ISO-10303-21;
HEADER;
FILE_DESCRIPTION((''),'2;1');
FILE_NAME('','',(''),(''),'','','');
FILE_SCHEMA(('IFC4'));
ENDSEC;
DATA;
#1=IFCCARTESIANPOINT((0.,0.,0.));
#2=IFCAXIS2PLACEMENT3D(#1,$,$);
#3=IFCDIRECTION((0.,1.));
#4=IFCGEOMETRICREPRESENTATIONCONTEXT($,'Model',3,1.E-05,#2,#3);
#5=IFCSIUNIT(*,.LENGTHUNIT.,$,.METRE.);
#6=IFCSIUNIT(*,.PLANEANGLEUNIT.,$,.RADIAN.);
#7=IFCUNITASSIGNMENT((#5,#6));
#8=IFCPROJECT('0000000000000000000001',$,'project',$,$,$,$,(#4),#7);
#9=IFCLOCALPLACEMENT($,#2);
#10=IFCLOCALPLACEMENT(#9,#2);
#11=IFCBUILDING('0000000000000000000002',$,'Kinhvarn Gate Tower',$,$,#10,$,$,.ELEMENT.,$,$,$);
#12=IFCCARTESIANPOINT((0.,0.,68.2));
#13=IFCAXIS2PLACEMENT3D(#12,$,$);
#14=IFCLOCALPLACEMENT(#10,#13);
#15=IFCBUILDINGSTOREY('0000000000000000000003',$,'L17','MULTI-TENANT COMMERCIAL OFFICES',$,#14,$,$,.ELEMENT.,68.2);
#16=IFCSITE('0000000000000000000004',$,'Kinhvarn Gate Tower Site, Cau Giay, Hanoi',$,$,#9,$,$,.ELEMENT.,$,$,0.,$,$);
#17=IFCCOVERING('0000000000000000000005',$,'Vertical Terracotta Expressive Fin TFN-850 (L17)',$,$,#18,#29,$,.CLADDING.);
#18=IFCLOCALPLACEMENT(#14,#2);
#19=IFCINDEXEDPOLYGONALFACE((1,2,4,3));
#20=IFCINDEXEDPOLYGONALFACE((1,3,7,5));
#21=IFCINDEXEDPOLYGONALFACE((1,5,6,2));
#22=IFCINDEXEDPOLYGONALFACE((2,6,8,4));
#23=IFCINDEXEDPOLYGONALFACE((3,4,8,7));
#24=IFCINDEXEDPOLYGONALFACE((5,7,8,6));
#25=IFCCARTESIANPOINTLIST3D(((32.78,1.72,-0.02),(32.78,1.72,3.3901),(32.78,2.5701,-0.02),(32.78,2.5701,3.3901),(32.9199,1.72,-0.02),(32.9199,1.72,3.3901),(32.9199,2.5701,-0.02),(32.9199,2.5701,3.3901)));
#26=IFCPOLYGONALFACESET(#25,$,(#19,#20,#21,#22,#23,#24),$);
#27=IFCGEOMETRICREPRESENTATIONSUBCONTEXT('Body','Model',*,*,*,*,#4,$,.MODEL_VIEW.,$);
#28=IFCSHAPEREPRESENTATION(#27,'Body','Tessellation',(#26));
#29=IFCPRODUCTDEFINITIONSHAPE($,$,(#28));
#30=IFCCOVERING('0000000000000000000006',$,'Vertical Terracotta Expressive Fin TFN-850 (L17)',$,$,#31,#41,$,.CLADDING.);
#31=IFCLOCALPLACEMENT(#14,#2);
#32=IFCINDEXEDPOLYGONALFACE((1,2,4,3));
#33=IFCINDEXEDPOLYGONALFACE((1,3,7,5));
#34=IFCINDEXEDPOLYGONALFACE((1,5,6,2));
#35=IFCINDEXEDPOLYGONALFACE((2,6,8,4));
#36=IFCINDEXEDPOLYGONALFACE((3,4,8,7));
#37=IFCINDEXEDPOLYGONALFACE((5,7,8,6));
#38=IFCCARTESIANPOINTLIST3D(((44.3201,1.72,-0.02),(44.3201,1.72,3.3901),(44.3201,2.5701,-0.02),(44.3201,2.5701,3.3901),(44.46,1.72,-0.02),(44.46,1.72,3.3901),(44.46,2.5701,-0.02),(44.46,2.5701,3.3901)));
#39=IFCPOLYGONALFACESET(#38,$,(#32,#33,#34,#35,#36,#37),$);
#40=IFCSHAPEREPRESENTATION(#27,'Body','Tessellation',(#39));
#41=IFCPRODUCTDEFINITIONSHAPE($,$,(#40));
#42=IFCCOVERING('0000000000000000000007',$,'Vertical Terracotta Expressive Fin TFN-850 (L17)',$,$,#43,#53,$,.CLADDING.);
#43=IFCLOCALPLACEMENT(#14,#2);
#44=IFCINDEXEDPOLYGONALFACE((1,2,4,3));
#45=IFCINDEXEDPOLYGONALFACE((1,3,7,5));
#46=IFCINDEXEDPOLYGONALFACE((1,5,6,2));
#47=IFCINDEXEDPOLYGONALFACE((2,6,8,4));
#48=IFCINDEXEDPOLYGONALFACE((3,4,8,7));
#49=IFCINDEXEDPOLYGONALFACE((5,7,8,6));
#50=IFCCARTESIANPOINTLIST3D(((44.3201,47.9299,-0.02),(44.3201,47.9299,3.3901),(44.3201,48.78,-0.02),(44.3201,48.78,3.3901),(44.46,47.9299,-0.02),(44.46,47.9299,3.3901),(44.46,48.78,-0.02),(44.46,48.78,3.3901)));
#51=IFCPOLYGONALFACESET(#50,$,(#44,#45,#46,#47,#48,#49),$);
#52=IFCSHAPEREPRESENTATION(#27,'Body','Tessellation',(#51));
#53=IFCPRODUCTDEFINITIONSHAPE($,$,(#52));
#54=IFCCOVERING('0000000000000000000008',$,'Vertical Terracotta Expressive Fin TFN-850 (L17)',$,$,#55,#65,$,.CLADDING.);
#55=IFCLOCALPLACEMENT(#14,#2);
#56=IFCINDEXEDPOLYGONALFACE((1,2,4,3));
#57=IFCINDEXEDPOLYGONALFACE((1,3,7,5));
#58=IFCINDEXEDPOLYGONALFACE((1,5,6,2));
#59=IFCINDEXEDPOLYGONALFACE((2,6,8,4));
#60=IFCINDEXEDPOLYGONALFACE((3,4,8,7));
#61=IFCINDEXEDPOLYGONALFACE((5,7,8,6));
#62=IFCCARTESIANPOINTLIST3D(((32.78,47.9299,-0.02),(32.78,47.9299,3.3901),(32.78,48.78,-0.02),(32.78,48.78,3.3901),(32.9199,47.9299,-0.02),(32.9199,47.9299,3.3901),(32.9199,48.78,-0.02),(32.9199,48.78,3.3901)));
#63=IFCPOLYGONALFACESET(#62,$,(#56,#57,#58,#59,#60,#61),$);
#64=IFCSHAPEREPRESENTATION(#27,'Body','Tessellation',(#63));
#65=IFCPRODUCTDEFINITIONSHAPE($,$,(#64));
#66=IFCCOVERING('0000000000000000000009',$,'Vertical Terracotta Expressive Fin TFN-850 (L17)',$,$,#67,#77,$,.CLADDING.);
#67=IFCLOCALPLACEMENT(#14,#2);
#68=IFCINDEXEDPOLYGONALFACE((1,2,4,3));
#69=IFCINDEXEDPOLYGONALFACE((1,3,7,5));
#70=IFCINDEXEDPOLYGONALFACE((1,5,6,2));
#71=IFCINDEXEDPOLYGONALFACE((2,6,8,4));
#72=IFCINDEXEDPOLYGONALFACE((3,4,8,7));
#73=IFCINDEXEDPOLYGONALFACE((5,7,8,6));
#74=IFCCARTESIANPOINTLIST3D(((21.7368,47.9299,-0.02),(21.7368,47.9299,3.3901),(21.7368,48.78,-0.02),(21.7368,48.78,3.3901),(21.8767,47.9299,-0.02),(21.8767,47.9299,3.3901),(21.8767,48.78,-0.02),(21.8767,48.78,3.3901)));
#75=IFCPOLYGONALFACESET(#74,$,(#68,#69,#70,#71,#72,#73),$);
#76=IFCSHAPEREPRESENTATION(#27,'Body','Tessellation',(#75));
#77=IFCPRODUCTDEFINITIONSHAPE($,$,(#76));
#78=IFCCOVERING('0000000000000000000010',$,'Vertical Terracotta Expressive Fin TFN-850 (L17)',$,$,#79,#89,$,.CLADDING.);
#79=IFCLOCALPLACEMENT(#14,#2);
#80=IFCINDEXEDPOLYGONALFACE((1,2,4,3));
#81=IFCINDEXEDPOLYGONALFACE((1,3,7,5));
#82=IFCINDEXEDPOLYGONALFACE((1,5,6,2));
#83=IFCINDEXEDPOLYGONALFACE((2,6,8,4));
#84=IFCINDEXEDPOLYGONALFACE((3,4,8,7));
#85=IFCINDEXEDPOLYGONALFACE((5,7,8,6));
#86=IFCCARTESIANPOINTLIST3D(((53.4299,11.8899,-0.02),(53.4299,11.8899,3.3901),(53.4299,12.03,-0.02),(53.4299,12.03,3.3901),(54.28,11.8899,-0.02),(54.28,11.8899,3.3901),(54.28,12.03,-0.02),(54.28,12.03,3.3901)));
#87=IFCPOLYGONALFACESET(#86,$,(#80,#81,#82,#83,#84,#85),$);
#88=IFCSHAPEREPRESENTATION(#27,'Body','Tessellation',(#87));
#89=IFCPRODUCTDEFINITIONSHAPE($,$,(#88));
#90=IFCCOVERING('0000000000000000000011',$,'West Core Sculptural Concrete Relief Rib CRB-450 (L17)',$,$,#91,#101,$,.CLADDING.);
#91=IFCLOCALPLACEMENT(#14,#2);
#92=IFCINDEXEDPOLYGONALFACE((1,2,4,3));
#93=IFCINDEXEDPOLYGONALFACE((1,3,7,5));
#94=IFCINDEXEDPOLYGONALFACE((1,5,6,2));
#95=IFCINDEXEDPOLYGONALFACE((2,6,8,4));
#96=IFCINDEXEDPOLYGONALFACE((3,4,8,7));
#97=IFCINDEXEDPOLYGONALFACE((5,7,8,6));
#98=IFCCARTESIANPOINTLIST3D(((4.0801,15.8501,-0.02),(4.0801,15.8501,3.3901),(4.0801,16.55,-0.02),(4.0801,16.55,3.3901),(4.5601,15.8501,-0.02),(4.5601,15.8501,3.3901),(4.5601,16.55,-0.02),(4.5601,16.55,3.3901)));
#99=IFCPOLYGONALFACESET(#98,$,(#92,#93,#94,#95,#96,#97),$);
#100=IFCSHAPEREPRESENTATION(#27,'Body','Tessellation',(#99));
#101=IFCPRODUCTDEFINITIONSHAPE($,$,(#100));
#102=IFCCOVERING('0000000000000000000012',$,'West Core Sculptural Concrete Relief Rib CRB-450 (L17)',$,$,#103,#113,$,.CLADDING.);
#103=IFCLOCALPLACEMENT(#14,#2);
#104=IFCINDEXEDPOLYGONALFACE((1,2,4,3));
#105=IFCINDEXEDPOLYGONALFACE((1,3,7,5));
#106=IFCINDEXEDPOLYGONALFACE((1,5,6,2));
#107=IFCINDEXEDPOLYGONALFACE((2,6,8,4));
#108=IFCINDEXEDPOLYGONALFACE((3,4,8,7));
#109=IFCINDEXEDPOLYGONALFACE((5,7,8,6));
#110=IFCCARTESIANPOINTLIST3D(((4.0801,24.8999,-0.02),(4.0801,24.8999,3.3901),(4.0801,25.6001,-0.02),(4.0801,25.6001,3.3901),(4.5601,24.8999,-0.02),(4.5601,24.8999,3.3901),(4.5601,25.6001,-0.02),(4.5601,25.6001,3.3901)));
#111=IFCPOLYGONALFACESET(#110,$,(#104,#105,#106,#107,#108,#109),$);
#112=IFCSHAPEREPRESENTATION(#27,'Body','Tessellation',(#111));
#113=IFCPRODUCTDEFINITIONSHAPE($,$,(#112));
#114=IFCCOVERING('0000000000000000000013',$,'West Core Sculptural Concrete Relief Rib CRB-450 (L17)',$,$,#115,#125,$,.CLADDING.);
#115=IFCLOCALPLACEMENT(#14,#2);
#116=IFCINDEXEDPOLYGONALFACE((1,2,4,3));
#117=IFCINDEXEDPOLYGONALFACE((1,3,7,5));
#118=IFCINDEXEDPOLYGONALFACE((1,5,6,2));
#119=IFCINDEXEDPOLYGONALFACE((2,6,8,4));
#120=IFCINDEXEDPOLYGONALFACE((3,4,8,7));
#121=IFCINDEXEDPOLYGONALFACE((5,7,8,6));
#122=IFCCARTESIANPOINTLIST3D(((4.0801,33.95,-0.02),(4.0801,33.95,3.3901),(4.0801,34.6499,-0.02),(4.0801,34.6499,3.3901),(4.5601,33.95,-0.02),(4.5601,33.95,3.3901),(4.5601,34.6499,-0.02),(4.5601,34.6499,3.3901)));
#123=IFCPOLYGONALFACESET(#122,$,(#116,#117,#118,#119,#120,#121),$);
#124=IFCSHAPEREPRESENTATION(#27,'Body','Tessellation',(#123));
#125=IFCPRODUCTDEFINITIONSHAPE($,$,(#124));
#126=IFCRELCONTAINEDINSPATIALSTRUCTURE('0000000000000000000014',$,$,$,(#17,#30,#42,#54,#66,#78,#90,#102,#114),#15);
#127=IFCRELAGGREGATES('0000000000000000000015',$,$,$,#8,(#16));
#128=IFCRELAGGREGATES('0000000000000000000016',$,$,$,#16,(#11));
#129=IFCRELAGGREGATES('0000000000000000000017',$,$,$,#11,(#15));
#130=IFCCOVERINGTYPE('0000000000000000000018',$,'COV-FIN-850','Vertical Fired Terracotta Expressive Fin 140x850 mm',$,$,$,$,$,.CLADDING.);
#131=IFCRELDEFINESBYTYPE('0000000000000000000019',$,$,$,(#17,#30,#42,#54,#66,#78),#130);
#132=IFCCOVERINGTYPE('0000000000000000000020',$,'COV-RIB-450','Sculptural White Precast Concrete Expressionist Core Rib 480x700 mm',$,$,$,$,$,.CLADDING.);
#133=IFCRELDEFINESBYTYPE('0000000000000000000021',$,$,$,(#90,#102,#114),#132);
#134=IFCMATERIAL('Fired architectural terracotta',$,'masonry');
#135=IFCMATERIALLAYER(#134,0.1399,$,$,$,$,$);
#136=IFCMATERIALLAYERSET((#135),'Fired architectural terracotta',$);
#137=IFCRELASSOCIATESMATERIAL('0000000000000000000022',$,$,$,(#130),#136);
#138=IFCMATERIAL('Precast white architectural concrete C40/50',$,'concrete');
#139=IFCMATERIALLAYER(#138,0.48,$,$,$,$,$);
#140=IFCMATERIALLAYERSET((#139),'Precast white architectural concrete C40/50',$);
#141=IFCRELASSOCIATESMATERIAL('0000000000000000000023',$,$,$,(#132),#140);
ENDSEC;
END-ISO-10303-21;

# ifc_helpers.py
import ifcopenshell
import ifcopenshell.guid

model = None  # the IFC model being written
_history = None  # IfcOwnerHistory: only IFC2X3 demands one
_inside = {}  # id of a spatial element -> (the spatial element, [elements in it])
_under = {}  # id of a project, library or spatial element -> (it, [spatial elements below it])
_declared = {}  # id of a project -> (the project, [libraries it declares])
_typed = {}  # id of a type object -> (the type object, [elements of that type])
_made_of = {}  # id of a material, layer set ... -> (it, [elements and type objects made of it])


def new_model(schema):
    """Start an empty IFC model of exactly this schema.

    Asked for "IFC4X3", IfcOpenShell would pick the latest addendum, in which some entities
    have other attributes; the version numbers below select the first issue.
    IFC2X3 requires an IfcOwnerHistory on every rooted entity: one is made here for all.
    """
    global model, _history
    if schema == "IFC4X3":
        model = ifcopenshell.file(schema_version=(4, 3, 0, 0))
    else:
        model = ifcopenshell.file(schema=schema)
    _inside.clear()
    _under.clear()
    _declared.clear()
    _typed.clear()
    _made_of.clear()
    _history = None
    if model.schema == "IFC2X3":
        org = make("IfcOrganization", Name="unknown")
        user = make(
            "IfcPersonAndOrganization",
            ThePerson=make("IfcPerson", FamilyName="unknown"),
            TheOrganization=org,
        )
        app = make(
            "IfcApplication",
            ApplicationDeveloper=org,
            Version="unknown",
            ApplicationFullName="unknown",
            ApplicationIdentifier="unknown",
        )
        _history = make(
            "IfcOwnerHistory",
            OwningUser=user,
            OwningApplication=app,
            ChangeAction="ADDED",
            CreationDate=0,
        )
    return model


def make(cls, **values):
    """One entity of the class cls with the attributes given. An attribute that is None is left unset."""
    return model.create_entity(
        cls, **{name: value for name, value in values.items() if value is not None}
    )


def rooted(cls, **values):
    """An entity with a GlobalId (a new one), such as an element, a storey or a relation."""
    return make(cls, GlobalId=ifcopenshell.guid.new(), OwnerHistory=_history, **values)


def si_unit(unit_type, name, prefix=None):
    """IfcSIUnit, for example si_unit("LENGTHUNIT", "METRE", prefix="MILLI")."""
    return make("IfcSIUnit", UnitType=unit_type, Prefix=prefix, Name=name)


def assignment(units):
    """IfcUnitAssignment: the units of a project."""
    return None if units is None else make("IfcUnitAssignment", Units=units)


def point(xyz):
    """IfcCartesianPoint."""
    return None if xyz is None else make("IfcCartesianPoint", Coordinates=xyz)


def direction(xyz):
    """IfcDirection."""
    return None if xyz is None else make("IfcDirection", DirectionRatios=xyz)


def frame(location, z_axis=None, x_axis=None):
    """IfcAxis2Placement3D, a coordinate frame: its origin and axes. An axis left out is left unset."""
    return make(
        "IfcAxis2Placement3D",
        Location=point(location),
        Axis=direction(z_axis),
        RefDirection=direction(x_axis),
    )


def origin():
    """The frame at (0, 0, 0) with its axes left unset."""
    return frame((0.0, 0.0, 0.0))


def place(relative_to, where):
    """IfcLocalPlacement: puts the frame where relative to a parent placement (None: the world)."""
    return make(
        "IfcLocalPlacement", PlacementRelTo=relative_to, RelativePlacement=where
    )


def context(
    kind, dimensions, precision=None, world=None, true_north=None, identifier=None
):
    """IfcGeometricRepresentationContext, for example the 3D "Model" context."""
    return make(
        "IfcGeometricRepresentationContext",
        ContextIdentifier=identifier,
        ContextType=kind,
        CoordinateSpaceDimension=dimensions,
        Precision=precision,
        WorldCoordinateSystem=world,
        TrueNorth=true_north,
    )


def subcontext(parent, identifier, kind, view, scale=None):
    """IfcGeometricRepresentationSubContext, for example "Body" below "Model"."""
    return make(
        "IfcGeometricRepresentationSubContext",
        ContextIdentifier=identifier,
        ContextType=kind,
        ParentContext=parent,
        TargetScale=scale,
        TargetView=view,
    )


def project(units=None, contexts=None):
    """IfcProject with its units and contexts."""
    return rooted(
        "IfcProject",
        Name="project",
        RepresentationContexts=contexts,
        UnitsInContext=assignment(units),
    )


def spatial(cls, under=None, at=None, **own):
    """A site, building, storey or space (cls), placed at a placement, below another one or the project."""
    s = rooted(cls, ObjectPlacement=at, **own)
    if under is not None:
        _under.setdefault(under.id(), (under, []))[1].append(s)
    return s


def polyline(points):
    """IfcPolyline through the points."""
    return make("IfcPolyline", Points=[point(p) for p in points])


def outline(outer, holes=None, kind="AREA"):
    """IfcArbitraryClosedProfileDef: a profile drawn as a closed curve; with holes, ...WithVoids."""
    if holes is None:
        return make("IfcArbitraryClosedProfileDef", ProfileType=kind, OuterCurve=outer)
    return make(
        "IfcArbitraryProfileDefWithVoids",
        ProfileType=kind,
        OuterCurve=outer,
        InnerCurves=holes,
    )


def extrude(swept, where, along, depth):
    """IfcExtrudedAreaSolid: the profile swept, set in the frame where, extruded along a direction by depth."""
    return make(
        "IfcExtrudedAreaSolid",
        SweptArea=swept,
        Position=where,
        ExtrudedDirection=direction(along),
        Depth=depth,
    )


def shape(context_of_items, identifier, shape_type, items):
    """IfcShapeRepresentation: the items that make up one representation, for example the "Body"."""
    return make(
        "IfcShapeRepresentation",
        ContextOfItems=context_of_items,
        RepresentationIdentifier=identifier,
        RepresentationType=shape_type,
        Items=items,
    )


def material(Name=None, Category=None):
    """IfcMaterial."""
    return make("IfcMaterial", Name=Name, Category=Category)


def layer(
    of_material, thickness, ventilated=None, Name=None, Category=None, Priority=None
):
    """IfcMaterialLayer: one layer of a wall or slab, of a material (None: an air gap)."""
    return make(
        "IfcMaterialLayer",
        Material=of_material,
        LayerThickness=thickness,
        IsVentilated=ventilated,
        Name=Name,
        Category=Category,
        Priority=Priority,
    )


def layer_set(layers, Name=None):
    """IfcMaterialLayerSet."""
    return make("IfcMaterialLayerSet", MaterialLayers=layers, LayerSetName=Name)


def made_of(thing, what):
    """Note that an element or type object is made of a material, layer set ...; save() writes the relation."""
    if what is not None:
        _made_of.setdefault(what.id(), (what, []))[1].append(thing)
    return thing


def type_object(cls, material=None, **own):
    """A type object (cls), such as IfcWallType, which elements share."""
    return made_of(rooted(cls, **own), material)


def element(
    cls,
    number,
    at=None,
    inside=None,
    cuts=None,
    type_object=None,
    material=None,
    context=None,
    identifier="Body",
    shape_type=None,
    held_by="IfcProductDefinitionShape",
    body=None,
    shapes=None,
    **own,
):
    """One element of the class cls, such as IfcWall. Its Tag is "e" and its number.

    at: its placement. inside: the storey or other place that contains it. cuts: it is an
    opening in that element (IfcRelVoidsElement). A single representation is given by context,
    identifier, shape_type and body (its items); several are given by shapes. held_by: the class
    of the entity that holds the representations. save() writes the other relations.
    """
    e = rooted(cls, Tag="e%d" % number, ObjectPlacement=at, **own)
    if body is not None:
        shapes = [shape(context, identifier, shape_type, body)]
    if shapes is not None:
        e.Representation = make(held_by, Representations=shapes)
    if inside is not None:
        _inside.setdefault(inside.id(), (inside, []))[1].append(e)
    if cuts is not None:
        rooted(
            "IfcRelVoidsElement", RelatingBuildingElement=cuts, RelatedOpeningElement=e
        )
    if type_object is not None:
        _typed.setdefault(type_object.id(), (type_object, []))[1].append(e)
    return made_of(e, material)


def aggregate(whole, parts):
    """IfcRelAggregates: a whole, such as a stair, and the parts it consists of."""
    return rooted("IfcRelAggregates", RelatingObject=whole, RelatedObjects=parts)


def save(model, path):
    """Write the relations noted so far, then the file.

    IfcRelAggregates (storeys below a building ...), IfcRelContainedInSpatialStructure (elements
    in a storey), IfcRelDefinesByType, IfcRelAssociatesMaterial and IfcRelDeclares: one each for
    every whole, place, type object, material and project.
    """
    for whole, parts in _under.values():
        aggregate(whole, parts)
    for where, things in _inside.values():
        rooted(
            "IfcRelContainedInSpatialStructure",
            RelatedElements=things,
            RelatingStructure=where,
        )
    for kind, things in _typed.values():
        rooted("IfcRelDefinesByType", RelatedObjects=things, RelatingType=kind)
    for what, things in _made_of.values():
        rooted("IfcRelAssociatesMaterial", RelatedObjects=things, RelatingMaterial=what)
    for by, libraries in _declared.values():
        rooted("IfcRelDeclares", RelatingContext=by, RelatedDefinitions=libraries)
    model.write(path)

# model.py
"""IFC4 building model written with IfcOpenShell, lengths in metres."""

from ifc_helpers import new_model, si_unit, direction, frame, origin, place, context, subcontext, project, spatial, polyline, outline, extrude, material, layer, layer_set, type_object, element, save


model = new_model("IFC4")

# Units and contexts
model_context = context("Model", 3, precision=1e-05, world=origin(), true_north=direction((0.0, 1.0)))
body_context = subcontext(model_context, "Body", "Model", "MODEL_VIEW")
ifc_project = project(units=[si_unit("LENGTHUNIT", "METRE"), si_unit("PLANEANGLEUNIT", "RADIAN")], contexts=[model_context])

# Site, building, storey
site_placement = place(None, origin())
site = spatial("IfcSite", under=ifc_project, at=site_placement, Name="Kinhvarn Gate Tower Site, Cau Giay, Hanoi", CompositionType="ELEMENT", RefElevation=0.0)
building_placement = place(site_placement, origin())
building = spatial("IfcBuilding", under=site, at=building_placement, Name="Kinhvarn Gate Tower", CompositionType="ELEMENT")
storey_placement = place(building_placement, frame((0.0, 0.0, 68.2)))
storey = spatial("IfcBuildingStorey", under=building, at=storey_placement, Name="L17", Description="MULTI-TENANT COMMERCIAL OFFICES", CompositionType="ELEMENT", Elevation=68.2)

# Shared definitions
ifc_material_1 = material(Name="Precast white architectural concrete C40/50", Category="concrete")

# Coverings
ifc_material_2 = material(Name="Fired architectural terracotta", Category="masonry")
ifc_layer_1 = layer(ifc_material_2, 0.1399)
ifc_layer_set_1 = layer_set([ifc_layer_1], Name="Fired architectural terracotta")
covering_type_1 = type_object("IfcCoveringType", Name="COV-FIN-850", Description="Vertical Fired Terracotta Expressive Fin 140x850 mm", PredefinedType="CLADDING", material=ifc_layer_set_1)
covering_1_placement = place(storey_placement, frame((0.0, 0.0, -0.02)))
element("IfcCovering", 1, at=covering_1_placement, inside=storey, type_object=covering_type_1, Name="Vertical Terracotta Expressive Fin TFN-850 (L17)", PredefinedType="CLADDING", context=body_context, shape_type="SweptSolid", body=[
    extrude(outline(polyline([(32.78, 2.5701), (32.9199, 2.5701), (32.9199, 1.72), (32.78, 1.72), (32.78, 2.5701)])), origin(), (0.0, 0.0, 1.0), 3.4102),
])
covering_2_placement = place(storey_placement, frame((0.0, 0.0, -0.02)))
element("IfcCovering", 2, at=covering_2_placement, inside=storey, type_object=covering_type_1, Name="Vertical Terracotta Expressive Fin TFN-850 (L17)", PredefinedType="CLADDING", context=body_context, shape_type="SweptSolid", body=[
    extrude(outline(polyline([(44.3201, 2.5701), (44.46, 2.5701), (44.46, 1.72), (44.3201, 1.72), (44.3201, 2.5701)])), origin(), (0.0, 0.0, 1.0), 3.4102),
])
covering_3_placement = place(storey_placement, frame((0.0, 0.0, -0.02)))
element("IfcCovering", 3, at=covering_3_placement, inside=storey, type_object=covering_type_1, Name="Vertical Terracotta Expressive Fin TFN-850 (L17)", PredefinedType="CLADDING", context=body_context, shape_type="SweptSolid", body=[
    extrude(outline(polyline([(44.46, 47.9299), (44.3201, 47.9299), (44.3201, 48.78), (44.46, 48.78), (44.46, 47.9299)])), origin(), (0.0, 0.0, 1.0), 3.4102),
])
covering_4_placement = place(storey_placement, frame((0.0, 0.0, -0.02)))
element("IfcCovering", 4, at=covering_4_placement, inside=storey, type_object=covering_type_1, Name="Vertical Terracotta Expressive Fin TFN-850 (L17)", PredefinedType="CLADDING", context=body_context, shape_type="SweptSolid", body=[
    extrude(outline(polyline([(32.9199, 47.9299), (32.78, 47.9299), (32.78, 48.78), (32.9199, 48.78), (32.9199, 47.9299)])), origin(), (0.0, 0.0, 1.0), 3.4102),
])
covering_5_placement = place(storey_placement, frame((0.0, 0.0, -0.02)))
element("IfcCovering", 5, at=covering_5_placement, inside=storey, type_object=covering_type_1, Name="Vertical Terracotta Expressive Fin TFN-850 (L17)", PredefinedType="CLADDING", context=body_context, shape_type="SweptSolid", body=[
    extrude(outline(polyline([(21.8767, 47.9299), (21.7368, 47.9299), (21.7368, 48.78), (21.8767, 48.78), (21.8767, 47.9299)])), origin(), (0.0, 0.0, 1.0), 3.4102),
])
covering_6_placement = place(storey_placement, frame((0.0, 0.0, -0.02)))
element("IfcCovering", 6, at=covering_6_placement, inside=storey, type_object=covering_type_1, Name="Vertical Terracotta Expressive Fin TFN-850 (L17)", PredefinedType="CLADDING", context=body_context, shape_type="SweptSolid", body=[
    extrude(outline(polyline([(53.4299, 11.8899), (53.4299, 12.03), (54.28, 12.03), (54.28, 11.8899), (53.4299, 11.8899)])), origin(), (0.0, 0.0, 1.0), 3.4102),
])
ifc_layer_2 = layer(ifc_material_1, 0.48)
ifc_layer_set_2 = layer_set([ifc_layer_2], Name="Precast white architectural concrete C40/50")
covering_type_2 = type_object("IfcCoveringType", Name="COV-RIB-450", Description="Sculptural White Precast Concrete Expressionist Core Rib 480x700 mm", PredefinedType="CLADDING", material=ifc_layer_set_2)
covering_7_placement = place(storey_placement, frame((0.0, 0.0, -0.02)))
element("IfcCovering", 7, at=covering_7_placement, inside=storey, type_object=covering_type_2, Name="West Core Sculptural Concrete Relief Rib CRB-450 (L17)", PredefinedType="CLADDING", context=body_context, shape_type="SweptSolid", body=[
    extrude(outline(polyline([(4.0801, 15.8501), (4.5601, 15.8501), (4.5601, 16.55), (4.0801, 16.55), (4.0801, 15.8501)])), origin(), (0.0, 0.0, 1.0), 3.4102),
])
covering_8_placement = place(storey_placement, frame((0.0, 0.0, -0.02)))
element("IfcCovering", 8, at=covering_8_placement, inside=storey, type_object=covering_type_2, Name="West Core Sculptural Concrete Relief Rib CRB-450 (L17)", PredefinedType="CLADDING", context=body_context, shape_type="SweptSolid", body=[
    extrude(outline(polyline([(4.0801, 24.8999), (4.5601, 24.8999), (4.5601, 25.6001), (4.0801, 25.6001), (4.0801, 24.8999)])), origin(), (0.0, 0.0, 1.0), 3.4102),
])
covering_9_placement = place(storey_placement, frame((0.0, 0.0, -0.02)))
element("IfcCovering", 9, at=covering_9_placement, inside=storey, type_object=covering_type_2, Name="West Core Sculptural Concrete Relief Rib CRB-450 (L17)", PredefinedType="CLADDING", context=body_context, shape_type="SweptSolid", body=[
    extrude(outline(polyline([(4.0801, 33.95), (4.5601, 33.95), (4.5601, 34.6499), (4.0801, 34.6499), (4.0801, 33.95)])), origin(), (0.0, 0.0, 1.0), 3.4102),
])

save(model, "model.ifc")
